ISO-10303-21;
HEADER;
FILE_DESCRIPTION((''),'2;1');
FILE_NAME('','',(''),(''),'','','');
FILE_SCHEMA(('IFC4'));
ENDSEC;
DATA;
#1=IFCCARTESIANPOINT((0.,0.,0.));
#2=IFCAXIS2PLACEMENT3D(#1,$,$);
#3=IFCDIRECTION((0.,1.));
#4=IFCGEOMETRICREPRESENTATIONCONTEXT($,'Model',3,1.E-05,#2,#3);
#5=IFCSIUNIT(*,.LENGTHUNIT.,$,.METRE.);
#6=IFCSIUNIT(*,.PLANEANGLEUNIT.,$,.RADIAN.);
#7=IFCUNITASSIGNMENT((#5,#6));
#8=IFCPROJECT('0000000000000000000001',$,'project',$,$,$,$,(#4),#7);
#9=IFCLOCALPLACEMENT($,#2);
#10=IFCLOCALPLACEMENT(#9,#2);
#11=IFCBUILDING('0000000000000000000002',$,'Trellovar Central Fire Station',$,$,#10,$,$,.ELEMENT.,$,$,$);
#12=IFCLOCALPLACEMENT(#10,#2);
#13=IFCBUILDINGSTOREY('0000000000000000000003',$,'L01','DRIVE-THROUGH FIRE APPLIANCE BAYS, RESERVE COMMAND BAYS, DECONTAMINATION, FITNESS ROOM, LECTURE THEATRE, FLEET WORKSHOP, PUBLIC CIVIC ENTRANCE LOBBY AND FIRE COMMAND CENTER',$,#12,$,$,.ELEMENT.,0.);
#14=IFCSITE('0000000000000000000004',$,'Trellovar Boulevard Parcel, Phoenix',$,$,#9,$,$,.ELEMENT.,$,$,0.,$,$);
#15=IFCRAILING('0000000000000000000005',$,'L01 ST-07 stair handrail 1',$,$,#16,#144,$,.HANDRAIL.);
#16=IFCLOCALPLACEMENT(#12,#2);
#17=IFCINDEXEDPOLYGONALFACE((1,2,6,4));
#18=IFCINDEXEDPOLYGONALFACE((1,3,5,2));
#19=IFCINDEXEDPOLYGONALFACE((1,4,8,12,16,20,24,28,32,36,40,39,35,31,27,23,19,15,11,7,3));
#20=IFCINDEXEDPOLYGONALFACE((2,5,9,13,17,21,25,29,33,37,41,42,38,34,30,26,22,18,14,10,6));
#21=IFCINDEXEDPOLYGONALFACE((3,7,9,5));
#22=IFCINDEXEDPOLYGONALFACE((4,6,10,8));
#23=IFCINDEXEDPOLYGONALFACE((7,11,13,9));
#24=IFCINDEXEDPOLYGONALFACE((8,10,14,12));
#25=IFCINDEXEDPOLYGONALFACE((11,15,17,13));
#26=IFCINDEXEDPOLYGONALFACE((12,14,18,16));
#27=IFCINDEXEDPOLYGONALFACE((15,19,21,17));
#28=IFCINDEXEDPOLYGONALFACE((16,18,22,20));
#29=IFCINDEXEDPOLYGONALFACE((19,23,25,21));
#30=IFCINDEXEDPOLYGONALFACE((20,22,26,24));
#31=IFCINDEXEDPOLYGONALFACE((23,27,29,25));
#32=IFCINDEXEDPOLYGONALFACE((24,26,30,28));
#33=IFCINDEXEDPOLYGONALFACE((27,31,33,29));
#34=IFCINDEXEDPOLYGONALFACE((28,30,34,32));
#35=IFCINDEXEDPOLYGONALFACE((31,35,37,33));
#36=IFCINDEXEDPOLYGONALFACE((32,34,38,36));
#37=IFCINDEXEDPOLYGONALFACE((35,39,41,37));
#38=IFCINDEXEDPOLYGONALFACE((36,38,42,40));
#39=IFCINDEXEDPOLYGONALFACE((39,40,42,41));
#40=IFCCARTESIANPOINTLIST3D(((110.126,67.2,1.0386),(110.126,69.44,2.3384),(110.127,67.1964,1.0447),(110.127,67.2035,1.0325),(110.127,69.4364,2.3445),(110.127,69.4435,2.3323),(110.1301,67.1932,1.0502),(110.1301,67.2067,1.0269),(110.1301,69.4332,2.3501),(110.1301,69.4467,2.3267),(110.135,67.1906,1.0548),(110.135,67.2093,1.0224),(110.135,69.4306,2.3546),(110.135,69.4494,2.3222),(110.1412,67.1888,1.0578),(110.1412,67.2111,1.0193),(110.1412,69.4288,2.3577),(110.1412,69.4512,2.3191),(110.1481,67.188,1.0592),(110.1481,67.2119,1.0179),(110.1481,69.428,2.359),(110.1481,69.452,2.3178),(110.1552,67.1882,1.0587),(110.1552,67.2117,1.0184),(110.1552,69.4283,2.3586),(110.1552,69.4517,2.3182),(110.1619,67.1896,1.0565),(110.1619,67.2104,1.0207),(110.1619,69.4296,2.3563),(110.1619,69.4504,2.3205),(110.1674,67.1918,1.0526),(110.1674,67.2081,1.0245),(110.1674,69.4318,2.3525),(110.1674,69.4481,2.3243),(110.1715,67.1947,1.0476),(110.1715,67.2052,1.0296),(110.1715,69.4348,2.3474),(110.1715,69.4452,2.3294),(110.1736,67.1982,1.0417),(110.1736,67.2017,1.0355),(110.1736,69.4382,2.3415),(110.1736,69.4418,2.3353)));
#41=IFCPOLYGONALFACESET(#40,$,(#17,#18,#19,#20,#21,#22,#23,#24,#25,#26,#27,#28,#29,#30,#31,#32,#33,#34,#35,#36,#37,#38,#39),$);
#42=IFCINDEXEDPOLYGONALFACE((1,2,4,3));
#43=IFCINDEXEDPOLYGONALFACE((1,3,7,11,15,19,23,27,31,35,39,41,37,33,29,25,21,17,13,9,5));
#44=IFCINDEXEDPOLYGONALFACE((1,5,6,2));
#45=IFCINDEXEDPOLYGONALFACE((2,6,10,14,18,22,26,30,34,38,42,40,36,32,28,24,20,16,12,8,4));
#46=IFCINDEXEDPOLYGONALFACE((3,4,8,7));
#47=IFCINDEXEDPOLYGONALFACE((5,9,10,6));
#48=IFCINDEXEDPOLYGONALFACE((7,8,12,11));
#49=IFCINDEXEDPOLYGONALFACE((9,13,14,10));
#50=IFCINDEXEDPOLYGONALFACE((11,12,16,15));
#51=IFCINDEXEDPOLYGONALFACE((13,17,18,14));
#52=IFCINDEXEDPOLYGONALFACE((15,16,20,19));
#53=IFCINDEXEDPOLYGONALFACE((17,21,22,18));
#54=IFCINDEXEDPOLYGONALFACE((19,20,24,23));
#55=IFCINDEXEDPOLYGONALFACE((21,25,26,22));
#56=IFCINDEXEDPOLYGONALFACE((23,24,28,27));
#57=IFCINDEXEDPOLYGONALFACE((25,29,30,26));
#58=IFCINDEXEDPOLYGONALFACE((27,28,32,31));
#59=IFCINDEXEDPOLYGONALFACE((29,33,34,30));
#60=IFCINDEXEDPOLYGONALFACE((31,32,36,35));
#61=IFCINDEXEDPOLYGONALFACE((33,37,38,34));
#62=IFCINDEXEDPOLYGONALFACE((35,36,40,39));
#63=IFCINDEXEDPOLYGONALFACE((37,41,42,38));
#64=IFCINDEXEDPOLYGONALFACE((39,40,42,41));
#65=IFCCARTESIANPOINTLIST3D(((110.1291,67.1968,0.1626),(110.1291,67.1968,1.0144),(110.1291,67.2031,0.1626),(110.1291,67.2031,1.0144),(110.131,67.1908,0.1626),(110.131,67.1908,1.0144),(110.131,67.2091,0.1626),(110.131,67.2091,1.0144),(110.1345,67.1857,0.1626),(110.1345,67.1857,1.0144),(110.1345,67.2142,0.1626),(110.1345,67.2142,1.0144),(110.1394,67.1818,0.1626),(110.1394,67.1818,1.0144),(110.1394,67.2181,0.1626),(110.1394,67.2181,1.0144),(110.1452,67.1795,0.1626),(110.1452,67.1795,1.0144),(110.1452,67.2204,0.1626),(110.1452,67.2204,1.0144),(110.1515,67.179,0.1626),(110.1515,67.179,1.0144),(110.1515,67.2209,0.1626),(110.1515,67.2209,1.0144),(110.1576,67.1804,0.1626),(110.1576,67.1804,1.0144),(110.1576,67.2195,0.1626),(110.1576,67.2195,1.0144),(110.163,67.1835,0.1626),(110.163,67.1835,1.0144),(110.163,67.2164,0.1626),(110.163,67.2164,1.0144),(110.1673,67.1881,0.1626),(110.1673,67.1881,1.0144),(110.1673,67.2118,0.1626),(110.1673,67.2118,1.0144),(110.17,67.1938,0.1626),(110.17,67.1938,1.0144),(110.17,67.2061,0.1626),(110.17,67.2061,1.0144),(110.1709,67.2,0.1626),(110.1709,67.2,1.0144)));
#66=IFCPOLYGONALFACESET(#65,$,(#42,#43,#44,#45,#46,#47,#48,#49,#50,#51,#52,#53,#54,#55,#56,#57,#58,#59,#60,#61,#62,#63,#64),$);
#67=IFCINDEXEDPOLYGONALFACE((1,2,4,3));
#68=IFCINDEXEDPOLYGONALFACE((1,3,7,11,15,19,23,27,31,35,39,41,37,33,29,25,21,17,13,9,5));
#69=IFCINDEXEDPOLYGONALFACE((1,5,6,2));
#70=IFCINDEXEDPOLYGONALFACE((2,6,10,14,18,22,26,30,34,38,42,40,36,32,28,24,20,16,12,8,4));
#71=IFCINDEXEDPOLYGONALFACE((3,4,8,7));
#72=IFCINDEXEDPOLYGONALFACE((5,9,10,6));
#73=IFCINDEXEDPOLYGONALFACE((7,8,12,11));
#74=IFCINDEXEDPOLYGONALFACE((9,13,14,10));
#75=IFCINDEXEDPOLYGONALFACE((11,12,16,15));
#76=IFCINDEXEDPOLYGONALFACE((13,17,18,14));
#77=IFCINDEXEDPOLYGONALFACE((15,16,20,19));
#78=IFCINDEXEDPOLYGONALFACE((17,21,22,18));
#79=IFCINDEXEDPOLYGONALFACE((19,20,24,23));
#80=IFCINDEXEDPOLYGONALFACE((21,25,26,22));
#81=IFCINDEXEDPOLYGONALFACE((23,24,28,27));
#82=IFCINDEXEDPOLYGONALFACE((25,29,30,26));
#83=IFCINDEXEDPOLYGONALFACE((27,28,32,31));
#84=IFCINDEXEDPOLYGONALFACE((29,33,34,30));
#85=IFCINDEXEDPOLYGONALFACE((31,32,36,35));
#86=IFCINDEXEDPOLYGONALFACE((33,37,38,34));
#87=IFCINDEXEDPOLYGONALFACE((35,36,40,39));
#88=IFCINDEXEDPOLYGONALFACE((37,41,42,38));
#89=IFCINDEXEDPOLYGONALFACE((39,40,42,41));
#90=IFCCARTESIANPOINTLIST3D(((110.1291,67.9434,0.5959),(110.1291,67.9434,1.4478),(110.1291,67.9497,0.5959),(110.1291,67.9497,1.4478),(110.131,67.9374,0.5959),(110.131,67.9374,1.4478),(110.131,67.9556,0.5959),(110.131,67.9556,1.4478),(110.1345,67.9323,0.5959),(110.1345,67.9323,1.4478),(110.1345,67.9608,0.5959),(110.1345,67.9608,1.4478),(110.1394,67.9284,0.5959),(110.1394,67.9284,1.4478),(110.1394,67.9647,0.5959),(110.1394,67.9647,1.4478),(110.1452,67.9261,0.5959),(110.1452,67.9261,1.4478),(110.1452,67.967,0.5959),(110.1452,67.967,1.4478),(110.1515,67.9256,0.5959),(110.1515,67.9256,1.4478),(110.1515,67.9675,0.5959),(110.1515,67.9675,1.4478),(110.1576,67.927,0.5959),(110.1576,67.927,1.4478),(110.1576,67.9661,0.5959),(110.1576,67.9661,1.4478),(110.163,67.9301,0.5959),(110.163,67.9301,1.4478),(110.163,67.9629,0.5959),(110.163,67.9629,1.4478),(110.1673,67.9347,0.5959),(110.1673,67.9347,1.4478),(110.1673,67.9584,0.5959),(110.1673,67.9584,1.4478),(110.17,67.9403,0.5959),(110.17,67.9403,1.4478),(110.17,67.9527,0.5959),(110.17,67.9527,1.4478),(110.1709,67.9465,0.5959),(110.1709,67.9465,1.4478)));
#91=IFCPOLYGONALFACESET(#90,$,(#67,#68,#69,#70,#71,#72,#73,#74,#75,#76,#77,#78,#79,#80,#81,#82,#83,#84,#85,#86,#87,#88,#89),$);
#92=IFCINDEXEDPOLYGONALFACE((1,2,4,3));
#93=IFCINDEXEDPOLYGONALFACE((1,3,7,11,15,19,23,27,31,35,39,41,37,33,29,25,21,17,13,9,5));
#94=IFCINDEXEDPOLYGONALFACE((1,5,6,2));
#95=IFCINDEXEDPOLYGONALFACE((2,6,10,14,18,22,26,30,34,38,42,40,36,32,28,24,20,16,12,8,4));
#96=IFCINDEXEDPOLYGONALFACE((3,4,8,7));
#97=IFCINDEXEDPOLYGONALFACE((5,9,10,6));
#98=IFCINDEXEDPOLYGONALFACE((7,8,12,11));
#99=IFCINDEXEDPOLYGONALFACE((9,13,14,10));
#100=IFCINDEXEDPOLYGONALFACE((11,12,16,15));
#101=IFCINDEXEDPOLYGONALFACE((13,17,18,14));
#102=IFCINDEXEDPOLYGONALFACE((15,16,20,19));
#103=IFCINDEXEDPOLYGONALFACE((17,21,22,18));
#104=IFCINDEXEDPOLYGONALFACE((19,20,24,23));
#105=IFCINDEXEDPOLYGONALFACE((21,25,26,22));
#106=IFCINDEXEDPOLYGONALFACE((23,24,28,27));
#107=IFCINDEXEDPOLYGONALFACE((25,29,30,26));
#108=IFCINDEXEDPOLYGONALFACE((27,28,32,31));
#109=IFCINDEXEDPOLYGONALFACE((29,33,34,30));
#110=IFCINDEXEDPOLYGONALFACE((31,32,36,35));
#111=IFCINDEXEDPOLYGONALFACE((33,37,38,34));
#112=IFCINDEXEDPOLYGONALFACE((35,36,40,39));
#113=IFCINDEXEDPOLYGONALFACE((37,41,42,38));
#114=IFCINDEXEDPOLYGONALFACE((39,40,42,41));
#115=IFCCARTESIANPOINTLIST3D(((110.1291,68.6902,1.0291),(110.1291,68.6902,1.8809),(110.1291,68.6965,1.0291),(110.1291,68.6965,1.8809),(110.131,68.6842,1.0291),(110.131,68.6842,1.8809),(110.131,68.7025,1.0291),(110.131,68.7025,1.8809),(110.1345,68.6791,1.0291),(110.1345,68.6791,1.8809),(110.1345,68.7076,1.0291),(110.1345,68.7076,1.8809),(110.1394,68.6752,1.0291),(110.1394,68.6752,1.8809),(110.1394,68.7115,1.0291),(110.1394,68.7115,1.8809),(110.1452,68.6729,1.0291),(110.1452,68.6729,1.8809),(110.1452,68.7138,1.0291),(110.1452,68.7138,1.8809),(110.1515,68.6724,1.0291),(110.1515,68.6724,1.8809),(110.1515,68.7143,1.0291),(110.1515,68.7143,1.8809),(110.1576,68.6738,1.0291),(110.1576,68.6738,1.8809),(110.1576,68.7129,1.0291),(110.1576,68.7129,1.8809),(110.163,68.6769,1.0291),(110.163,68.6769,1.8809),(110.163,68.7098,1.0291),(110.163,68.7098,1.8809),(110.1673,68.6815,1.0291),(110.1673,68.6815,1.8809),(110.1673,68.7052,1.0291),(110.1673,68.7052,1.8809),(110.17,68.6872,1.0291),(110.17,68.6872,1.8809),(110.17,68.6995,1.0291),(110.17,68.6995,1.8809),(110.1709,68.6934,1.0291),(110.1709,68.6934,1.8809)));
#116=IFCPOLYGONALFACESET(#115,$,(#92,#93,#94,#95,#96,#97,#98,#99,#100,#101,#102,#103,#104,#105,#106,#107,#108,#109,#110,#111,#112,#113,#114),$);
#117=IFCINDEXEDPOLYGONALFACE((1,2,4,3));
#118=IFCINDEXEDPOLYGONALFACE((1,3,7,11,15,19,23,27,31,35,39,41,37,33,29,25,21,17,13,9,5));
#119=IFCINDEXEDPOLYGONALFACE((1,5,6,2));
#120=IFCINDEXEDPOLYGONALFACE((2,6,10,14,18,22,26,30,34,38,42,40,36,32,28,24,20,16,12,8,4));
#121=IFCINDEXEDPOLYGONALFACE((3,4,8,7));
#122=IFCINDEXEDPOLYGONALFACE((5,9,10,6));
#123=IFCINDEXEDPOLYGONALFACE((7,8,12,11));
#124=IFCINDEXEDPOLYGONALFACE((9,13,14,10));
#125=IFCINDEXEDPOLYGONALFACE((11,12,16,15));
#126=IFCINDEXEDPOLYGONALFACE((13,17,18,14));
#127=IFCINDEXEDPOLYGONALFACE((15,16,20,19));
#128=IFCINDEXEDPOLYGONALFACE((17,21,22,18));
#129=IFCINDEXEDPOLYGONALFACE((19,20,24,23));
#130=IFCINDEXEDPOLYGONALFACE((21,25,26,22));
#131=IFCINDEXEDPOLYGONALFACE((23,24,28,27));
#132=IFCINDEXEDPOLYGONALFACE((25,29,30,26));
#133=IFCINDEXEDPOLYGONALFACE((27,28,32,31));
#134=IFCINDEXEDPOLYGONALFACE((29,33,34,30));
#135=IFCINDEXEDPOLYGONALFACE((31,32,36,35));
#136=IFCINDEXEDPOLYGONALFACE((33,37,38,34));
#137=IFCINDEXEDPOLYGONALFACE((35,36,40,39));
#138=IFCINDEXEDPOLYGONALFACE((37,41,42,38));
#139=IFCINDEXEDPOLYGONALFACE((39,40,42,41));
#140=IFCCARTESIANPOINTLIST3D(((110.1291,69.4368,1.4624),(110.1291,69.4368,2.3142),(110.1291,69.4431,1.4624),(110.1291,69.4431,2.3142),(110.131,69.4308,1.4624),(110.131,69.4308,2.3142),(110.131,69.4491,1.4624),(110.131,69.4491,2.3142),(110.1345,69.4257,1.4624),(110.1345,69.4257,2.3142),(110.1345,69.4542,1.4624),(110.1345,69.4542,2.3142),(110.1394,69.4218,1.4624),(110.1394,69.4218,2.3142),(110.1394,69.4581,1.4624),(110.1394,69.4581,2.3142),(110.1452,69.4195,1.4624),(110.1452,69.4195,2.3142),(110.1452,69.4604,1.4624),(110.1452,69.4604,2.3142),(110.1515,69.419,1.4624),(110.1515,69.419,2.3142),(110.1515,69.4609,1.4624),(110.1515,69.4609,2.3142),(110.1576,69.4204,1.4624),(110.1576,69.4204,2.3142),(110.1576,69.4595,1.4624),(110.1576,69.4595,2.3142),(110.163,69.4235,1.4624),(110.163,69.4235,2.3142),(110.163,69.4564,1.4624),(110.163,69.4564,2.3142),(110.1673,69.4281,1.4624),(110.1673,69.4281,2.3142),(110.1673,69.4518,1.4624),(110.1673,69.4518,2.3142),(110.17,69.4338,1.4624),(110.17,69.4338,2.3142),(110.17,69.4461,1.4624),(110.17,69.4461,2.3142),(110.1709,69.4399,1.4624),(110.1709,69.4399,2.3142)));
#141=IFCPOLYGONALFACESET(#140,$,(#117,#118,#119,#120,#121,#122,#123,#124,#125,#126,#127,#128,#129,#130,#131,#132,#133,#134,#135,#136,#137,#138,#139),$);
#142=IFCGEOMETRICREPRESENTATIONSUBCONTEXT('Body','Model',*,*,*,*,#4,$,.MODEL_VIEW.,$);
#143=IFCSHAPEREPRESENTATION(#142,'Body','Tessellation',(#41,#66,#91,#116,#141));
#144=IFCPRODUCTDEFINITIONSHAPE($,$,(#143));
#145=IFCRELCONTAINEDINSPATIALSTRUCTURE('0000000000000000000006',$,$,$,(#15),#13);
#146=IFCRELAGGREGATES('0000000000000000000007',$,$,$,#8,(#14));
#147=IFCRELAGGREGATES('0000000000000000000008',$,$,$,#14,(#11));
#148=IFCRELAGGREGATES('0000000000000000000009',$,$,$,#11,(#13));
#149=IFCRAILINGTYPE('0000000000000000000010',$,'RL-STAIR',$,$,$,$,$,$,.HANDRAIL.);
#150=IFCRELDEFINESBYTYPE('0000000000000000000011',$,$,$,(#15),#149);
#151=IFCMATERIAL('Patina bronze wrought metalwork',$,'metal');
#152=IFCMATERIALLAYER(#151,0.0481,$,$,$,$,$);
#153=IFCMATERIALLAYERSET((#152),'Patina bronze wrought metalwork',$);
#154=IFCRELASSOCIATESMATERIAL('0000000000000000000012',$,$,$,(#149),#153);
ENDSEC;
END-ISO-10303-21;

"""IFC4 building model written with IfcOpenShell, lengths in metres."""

from ifc_helpers import new_model, si_unit, direction, frame, origin, origin_2d, place, context, subcontext, project, spatial, circle, extrude, material, layer, layer_set, type_object, element, save


model = new_model("IFC4")

# Units and contexts
model_context = context("Model", 3, precision=1e-05, world=origin(), true_north=direction((0.0, 1.0)))
body_context = subcontext(model_context, "Body", "Model", "MODEL_VIEW")
ifc_project = project(units=[si_unit("LENGTHUNIT", "METRE"), si_unit("PLANEANGLEUNIT", "RADIAN")], contexts=[model_context])

# Site, building, storey
site_placement = place(None, origin())
site = spatial("IfcSite", under=ifc_project, at=site_placement, Name="Trellovar Boulevard Parcel, Phoenix", CompositionType="ELEMENT", RefElevation=0.0)
building_placement = place(site_placement, origin())
building = spatial("IfcBuilding", under=site, at=building_placement, Name="Trellovar Central Fire Station", CompositionType="ELEMENT")
storey_placement = place(building_placement, origin())
storey = spatial("IfcBuildingStorey", under=building, at=storey_placement, Name="L01", Description="DRIVE-THROUGH FIRE APPLIANCE BAYS, RESERVE COMMAND BAYS, DECONTAMINATION, FITNESS ROOM, LECTURE THEATRE, FLEET WORKSHOP, PUBLIC CIVIC ENTRANCE LOBBY AND FIRE COMMAND CENTER", CompositionType="ELEMENT", Elevation=0.0)

# Railing
ifc_material_1 = material(Name="Patina bronze wrought metalwork", Category="metal")
ifc_layer_1 = layer(ifc_material_1, 0.0481)
ifc_layer_set_1 = layer_set([ifc_layer_1], Name="Patina bronze wrought metalwork")
railing_type = type_object("IfcRailingType", Name="RL-STAIR", PredefinedType="HANDRAIL", material=ifc_layer_set_1)
railing_1_placement = place(storey_placement, frame((110.1499, 67.2, 0.1626)))
element("IfcRailing", 1, at=railing_1_placement, inside=storey, type_object=railing_type, Name="L01 ST-07 stair handrail 1", PredefinedType="HANDRAIL", context=body_context, shape_type="SweptSolid", body=[
    extrude(circle(Radius=0.0239, at=origin_2d()), frame((0.0, 0.0, 0.876), z_axis=(0.0, 0.864929, 0.501894), x_axis=(-1.0, 0.0, 0.0)), (0.0, 0.0, 1.0), 2.5898),
    extrude(circle(Radius=0.021, at=origin_2d()), origin(), (0.0, 0.0, 1.0), 0.8518),
    extrude(circle(Radius=0.021, at=origin_2d()), frame((0.0, 0.7466, 0.4333)), (0.0, 0.0, 1.0), 0.8518),
    extrude(circle(Radius=0.021, at=origin_2d()), frame((0.0, 1.4934, 0.8665)), (0.0, 0.0, 1.0), 0.8518),
    extrude(circle(Radius=0.021, at=origin_2d()), frame((0.0, 2.24, 1.2998)), (0.0, 0.0, 1.0), 0.8518),
])

save(model, "model.ifc")
